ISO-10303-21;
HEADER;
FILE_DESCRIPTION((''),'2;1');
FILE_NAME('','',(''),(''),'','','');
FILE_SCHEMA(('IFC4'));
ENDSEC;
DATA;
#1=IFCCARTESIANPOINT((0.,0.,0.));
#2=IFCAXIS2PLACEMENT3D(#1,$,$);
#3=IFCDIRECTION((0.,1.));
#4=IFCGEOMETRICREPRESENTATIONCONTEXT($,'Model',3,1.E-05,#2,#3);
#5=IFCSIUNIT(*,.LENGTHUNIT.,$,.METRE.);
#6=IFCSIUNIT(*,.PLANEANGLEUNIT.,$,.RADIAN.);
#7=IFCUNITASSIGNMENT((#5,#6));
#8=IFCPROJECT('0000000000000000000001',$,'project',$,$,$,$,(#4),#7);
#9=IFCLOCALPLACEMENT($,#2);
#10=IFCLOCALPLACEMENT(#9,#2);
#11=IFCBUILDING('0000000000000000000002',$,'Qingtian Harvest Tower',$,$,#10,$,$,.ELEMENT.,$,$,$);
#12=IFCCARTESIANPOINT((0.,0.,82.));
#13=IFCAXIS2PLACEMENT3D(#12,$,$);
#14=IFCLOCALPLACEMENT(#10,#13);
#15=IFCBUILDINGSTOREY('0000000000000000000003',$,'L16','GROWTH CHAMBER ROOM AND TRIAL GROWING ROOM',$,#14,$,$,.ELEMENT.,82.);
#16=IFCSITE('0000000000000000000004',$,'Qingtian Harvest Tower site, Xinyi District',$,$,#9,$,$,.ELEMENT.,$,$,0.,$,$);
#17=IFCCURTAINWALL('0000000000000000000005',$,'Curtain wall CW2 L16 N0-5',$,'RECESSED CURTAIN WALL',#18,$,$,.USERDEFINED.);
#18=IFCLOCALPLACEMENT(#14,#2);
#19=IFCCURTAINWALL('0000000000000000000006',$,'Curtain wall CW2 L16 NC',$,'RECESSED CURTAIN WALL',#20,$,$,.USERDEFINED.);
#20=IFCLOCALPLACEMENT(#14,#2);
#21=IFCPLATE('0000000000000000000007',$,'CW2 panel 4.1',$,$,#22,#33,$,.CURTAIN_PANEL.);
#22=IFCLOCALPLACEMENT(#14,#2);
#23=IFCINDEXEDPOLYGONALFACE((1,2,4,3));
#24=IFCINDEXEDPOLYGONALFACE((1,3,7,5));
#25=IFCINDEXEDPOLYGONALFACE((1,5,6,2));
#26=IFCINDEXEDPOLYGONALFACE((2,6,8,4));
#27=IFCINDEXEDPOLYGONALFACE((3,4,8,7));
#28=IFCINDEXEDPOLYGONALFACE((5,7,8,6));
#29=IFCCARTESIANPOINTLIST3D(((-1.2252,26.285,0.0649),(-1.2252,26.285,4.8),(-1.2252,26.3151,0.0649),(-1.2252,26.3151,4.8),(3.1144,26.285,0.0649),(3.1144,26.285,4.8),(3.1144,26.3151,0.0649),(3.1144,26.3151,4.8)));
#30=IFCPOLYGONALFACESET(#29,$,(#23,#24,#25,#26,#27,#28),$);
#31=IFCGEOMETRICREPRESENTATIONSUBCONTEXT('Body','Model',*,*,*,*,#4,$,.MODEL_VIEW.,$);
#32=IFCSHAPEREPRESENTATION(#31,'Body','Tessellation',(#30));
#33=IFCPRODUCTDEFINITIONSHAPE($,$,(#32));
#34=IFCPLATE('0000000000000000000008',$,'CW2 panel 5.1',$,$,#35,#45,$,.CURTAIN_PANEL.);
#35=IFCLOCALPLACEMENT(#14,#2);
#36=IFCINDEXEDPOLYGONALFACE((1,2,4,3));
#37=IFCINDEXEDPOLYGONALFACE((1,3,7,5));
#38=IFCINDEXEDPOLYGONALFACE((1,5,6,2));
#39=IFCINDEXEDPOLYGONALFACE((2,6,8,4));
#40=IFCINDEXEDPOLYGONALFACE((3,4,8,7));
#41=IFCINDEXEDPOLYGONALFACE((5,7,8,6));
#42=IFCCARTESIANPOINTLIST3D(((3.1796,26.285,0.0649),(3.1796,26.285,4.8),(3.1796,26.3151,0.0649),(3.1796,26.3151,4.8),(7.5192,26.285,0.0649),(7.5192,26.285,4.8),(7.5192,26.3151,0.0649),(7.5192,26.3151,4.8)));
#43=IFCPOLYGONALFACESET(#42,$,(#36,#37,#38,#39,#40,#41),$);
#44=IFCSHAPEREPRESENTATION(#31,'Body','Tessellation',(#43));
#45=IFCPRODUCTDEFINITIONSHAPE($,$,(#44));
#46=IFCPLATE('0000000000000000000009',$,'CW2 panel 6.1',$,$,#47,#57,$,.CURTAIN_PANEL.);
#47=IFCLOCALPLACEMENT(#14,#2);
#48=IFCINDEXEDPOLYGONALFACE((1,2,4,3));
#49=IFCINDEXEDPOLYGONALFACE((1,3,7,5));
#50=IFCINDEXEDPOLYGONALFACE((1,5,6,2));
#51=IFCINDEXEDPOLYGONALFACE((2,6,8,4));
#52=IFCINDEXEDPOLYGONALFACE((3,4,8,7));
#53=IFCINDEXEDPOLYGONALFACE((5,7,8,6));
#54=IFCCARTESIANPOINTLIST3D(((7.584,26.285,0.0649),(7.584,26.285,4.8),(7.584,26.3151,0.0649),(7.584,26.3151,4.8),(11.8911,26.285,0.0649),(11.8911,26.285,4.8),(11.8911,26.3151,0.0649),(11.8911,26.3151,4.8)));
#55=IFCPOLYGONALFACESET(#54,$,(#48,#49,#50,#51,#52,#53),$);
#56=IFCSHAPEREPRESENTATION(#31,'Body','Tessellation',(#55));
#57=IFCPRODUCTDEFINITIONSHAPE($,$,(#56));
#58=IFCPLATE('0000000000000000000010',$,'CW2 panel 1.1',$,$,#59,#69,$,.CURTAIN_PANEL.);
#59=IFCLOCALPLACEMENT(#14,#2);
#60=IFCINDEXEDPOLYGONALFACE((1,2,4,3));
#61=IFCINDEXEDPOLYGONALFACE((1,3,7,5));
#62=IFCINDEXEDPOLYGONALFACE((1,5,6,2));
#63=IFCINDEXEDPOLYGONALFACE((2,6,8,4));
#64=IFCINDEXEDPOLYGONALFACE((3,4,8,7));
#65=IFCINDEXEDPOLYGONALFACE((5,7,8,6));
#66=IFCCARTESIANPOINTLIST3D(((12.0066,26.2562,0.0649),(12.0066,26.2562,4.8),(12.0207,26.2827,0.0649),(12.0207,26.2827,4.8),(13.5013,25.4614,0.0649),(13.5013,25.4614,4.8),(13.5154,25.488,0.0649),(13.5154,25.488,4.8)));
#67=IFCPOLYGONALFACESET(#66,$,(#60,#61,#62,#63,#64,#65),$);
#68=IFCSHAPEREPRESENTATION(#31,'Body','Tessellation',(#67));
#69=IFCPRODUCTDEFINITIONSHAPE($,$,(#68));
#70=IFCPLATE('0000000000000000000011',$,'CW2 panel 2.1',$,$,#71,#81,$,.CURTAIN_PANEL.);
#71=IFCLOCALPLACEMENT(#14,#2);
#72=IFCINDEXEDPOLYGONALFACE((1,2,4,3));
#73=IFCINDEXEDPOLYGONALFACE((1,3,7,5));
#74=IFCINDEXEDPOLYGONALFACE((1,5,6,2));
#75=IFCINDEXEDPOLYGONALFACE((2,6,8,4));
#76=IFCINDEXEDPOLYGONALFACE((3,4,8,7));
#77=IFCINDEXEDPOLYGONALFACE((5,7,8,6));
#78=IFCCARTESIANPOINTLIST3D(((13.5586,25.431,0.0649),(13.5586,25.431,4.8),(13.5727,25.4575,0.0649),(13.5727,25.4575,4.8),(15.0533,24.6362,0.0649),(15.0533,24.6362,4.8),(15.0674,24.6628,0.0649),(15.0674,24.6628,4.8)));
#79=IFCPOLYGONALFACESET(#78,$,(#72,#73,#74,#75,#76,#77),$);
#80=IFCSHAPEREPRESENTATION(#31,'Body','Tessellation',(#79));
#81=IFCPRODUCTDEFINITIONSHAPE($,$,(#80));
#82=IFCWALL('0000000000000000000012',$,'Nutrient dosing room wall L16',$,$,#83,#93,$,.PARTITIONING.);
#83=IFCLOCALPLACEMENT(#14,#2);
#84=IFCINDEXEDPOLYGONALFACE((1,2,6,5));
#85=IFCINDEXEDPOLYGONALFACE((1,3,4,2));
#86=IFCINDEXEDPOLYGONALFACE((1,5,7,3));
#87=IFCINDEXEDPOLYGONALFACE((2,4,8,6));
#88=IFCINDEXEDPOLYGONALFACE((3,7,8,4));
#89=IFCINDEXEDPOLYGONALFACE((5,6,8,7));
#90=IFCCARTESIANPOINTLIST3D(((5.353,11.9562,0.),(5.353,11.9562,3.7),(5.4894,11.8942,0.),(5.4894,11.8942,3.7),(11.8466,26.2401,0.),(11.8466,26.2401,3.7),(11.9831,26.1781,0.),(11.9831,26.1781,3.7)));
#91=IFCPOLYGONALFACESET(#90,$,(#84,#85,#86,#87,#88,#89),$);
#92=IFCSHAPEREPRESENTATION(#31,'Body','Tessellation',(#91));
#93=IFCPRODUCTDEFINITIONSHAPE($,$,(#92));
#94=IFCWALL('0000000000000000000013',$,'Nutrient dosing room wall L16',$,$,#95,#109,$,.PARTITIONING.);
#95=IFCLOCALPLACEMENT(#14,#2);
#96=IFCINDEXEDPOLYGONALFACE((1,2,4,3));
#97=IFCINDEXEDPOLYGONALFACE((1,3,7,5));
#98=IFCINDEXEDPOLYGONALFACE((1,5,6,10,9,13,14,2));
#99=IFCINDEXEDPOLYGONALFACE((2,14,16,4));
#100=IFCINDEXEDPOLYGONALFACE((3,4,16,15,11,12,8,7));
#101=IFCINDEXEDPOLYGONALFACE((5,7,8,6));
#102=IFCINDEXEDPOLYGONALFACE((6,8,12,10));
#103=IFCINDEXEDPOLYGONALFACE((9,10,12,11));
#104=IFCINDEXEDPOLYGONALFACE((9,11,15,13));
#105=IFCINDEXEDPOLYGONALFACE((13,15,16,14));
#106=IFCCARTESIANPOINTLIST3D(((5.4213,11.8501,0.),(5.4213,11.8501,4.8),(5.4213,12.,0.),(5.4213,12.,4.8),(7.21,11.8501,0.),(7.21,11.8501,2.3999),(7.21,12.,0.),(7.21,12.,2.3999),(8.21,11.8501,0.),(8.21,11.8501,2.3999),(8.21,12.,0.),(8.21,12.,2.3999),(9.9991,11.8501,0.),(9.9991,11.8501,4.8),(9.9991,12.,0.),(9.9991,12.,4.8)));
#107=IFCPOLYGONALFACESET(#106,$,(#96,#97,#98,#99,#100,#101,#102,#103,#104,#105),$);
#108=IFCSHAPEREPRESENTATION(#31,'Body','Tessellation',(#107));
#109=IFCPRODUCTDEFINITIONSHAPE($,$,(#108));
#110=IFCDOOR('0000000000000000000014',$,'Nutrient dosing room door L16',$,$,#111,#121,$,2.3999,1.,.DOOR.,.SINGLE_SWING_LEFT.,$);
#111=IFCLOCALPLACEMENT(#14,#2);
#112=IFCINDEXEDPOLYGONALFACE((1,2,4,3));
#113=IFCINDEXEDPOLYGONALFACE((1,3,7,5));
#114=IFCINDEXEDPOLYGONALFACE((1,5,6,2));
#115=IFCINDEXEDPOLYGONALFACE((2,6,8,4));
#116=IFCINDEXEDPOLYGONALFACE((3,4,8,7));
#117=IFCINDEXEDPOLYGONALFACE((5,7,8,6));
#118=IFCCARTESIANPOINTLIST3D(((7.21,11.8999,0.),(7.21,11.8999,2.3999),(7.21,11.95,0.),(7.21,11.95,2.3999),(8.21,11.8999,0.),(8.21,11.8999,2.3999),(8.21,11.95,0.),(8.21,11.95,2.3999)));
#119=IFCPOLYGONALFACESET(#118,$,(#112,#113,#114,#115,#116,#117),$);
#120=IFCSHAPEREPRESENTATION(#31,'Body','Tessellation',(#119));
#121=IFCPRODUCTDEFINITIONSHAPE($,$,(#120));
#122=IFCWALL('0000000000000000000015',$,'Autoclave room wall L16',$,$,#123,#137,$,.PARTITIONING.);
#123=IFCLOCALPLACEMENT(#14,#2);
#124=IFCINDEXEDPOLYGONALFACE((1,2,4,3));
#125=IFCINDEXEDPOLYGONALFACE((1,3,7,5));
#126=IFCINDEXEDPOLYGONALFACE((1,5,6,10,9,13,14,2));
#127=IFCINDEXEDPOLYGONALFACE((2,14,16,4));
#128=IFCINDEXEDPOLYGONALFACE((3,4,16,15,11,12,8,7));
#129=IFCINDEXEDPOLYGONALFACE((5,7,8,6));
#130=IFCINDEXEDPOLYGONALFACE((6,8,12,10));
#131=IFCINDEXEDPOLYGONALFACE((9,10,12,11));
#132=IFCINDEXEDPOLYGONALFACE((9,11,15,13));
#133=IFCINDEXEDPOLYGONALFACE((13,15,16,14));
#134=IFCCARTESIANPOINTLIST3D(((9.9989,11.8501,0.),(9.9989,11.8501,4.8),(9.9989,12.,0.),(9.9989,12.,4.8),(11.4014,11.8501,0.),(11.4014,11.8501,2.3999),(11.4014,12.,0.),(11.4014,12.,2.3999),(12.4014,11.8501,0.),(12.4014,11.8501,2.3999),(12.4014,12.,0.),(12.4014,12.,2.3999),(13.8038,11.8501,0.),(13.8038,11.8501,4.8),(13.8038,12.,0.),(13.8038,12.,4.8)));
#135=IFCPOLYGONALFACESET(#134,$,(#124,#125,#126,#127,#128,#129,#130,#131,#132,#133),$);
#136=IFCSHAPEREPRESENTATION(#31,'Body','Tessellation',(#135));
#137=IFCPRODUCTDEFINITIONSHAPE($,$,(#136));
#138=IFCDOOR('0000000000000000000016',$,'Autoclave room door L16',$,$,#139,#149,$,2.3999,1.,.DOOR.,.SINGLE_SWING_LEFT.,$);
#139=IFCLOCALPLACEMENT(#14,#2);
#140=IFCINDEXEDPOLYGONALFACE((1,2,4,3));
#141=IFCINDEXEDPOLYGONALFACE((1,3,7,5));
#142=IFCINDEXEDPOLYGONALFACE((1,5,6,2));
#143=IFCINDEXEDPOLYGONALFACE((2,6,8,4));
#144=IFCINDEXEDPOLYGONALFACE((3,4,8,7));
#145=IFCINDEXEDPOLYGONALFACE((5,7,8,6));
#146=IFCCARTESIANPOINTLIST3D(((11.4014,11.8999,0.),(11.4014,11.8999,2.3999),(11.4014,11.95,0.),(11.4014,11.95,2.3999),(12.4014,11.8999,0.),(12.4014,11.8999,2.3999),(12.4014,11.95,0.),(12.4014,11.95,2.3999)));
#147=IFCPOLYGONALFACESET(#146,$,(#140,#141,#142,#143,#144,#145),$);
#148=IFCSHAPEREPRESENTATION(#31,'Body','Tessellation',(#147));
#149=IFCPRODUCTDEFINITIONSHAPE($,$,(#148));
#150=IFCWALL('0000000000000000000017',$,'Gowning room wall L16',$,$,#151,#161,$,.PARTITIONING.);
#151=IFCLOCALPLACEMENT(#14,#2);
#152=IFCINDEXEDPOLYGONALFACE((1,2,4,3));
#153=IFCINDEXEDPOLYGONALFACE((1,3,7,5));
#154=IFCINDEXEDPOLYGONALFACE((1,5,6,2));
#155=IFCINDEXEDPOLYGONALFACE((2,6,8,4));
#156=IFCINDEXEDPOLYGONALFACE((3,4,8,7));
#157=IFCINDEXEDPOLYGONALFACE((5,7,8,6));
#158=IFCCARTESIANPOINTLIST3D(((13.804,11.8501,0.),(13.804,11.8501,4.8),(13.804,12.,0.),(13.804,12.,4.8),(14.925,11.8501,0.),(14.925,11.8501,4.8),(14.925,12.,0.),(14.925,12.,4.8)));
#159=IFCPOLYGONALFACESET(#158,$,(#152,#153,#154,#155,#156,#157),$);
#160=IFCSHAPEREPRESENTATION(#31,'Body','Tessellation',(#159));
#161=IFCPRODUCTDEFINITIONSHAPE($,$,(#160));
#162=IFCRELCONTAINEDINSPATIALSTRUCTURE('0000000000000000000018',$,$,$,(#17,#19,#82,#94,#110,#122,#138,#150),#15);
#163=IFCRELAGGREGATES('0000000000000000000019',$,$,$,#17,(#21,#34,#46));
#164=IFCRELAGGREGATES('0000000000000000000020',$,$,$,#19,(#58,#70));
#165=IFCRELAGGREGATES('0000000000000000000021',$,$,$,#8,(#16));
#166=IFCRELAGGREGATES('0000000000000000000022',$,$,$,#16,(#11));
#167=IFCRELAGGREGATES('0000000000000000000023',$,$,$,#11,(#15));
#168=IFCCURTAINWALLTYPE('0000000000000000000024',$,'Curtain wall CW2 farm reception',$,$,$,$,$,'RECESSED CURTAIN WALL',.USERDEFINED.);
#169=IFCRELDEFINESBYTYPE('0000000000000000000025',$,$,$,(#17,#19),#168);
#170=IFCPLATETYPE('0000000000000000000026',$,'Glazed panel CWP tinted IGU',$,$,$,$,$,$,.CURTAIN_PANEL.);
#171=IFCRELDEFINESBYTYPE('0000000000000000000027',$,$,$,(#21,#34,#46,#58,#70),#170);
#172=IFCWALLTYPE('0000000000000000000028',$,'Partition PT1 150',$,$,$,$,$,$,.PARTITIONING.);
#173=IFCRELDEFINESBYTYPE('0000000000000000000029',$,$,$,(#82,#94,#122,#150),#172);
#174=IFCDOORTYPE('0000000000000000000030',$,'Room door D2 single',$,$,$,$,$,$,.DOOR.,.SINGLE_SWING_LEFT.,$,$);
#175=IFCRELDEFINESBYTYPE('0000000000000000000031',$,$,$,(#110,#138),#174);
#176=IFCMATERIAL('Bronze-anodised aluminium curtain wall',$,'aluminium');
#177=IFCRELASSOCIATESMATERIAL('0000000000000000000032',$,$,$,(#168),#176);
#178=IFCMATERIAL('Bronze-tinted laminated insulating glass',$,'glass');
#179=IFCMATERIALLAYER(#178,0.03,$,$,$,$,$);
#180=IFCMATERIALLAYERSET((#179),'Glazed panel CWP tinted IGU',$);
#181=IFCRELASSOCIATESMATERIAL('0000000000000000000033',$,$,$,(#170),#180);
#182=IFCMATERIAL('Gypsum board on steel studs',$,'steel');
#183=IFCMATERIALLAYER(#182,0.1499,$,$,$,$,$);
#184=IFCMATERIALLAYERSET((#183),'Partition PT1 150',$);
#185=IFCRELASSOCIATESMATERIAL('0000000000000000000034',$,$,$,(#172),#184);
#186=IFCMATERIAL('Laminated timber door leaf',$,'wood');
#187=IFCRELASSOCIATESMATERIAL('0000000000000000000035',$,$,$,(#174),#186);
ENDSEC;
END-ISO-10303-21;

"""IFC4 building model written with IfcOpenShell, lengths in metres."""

from ifc_helpers import new_model, si_unit, direction, frame, frame_2d, origin, origin_2d, place, context, subcontext, project, spatial, rectangle, extrude, material, layer, layer_set, type_object, element, fill, aggregate, save


model = new_model("IFC4")

# Units and contexts
model_context = context("Model", 3, precision=1e-05, world=origin(), true_north=direction((0.0, 1.0)))
body_context = subcontext(model_context, "Body", "Model", "MODEL_VIEW")
ifc_project = project(units=[si_unit("LENGTHUNIT", "METRE"), si_unit("PLANEANGLEUNIT", "RADIAN")], contexts=[model_context])

# Site, building, storey
site_placement = place(None, origin())
site = spatial("IfcSite", under=ifc_project, at=site_placement, Name="Qingtian Harvest Tower site, Xinyi District", CompositionType="ELEMENT", RefElevation=0.0)
building_placement = place(site_placement, origin())
building = spatial("IfcBuilding", under=site, at=building_placement, Name="Qingtian Harvest Tower", CompositionType="ELEMENT")
storey_placement = place(building_placement, frame((0.0, 0.0, 82.0)))
storey = spatial("IfcBuildingStorey", under=building, at=storey_placement, Name="L16", Description="GROWTH CHAMBER ROOM AND TRIAL GROWING ROOM", CompositionType="ELEMENT", Elevation=82.0)

# Curtain walls
ifc_material_1 = material(Name="Bronze-anodised aluminium curtain wall", Category="aluminium")
curtain_wall_type = type_object("IfcCurtainWallType", Name="Curtain wall CW2 farm reception", ElementType="RECESSED CURTAIN WALL", PredefinedType="USERDEFINED", material=ifc_material_1)
curtain_wall_1_placement = place(storey_placement, origin())
curtain_wall_1 = element("IfcCurtainWall", 1, at=curtain_wall_1_placement, inside=storey, type_object=curtain_wall_type, Name="Curtain wall CW2 L16 N0-5", ObjectType="RECESSED CURTAIN WALL", PredefinedType="USERDEFINED")
curtain_wall_2_placement = place(storey_placement, origin())
curtain_wall_2 = element("IfcCurtainWall", 2, at=curtain_wall_2_placement, inside=storey, type_object=curtain_wall_type, Name="Curtain wall CW2 L16 NC", ObjectType="RECESSED CURTAIN WALL", PredefinedType="USERDEFINED")

# Plates
ifc_material_2 = material(Name="Bronze-tinted laminated insulating glass", Category="glass")
ifc_layer_1 = layer(ifc_material_2, 0.03)
ifc_layer_set_1 = layer_set([ifc_layer_1], Name="Glazed panel CWP tinted IGU")
plate_type = type_object("IfcPlateType", Name="Glazed panel CWP tinted IGU", PredefinedType="CURTAIN_PANEL", material=ifc_layer_set_1)
plate_1_placement = place(storey_placement, frame((0.9446, 26.3, 0.0649), z_axis=(0.0, 0.0, 1.0), x_axis=(1.0, 0.0, 0.0)))
plate_1 = element("IfcPlate", 3, at=plate_1_placement, type_object=plate_type, Name="CW2 panel 4.1", PredefinedType="CURTAIN_PANEL", context=body_context, shape_type="SweptSolid", body=[
    extrude(rectangle(XDim=4.3396, YDim=0.03, at=origin_2d()), origin(), (0.0, 0.0, 1.0), 4.7351),
])
plate_2_placement = place(storey_placement, frame((5.3494, 26.3, 0.0649), z_axis=(0.0, 0.0, 1.0), x_axis=(1.0, 0.0, 0.0)))
plate_2 = element("IfcPlate", 4, at=plate_2_placement, type_object=plate_type, Name="CW2 panel 5.1", PredefinedType="CURTAIN_PANEL", context=body_context, shape_type="SweptSolid", body=[
    extrude(rectangle(XDim=4.3396, YDim=0.03, at=origin_2d()), origin(), (0.0, 0.0, 1.0), 4.7351),
])
plate_3_placement = place(storey_placement, frame((9.7375, 26.3, 0.0649), z_axis=(0.0, 0.0, 1.0), x_axis=(1.0, 0.0, 0.0)))
plate_3 = element("IfcPlate", 5, at=plate_3_placement, type_object=plate_type, Name="CW2 panel 6.1", PredefinedType="CURTAIN_PANEL", context=body_context, shape_type="SweptSolid", body=[
    extrude(rectangle(XDim=4.3071, YDim=0.03, at=origin_2d()), origin(), (0.0, 0.0, 1.0), 4.7351),
])
aggregate(curtain_wall_1, [plate_1, plate_2, plate_3])
plate_4_placement = place(storey_placement, frame((12.761, 25.8721, 0.0649), z_axis=(0.0, 0.0, 1.0), x_axis=(0.882948, -0.469472, 0.0)))
plate_4 = element("IfcPlate", 6, at=plate_4_placement, type_object=plate_type, Name="CW2 panel 1.1", PredefinedType="CURTAIN_PANEL", context=body_context, shape_type="SweptSolid", body=[
    extrude(rectangle(XDim=1.6929, YDim=0.03, at=origin_2d()), origin(), (0.0, 0.0, 1.0), 4.7351),
])
plate_5_placement = place(storey_placement, frame((14.313, 25.0469, 0.0649), z_axis=(0.0, 0.0, 1.0), x_axis=(0.882948, -0.469472, 0.0)))
plate_5 = element("IfcPlate", 7, at=plate_5_placement, type_object=plate_type, Name="CW2 panel 2.1", PredefinedType="CURTAIN_PANEL", context=body_context, shape_type="SweptSolid", body=[
    extrude(rectangle(XDim=1.6929, YDim=0.03, at=origin_2d()), origin(), (0.0, 0.0, 1.0), 4.7351),
])
aggregate(curtain_wall_2, [plate_4, plate_5])

# Wall
ifc_material_3 = material(Name="Gypsum board on steel studs", Category="steel")
ifc_layer_2 = layer(ifc_material_3, 0.1499)
ifc_layer_set_2 = layer_set([ifc_layer_2], Name="Partition PT1 150")
wall_type = type_object("IfcWallType", Name="Partition PT1 150", PredefinedType="PARTITIONING", material=ifc_layer_set_2)
wall_1_placement = place(storey_placement, frame((11.9148, 26.209, 0.0), z_axis=(0.0, 0.0, 1.0), x_axis=(-0.413853, -0.910344, 0.0)))
element("IfcWall", 8, at=wall_1_placement, inside=storey, type_object=wall_type, Name="Nutrient dosing room wall L16", PredefinedType="PARTITIONING", context=body_context, shape_type="SweptSolid", body=[
    extrude(rectangle(XDim=15.6907, YDim=0.1499, at=frame_2d((7.8452, 0.0))), origin(), (0.0, 0.0, 1.0), 3.7),
])

# Walls, openings, doors
wall_2_placement = place(storey_placement, frame((5.4211, 11.925, 0.0), z_axis=(0.0, 0.0, 1.0), x_axis=(1.0, 0.0, 0.0)))
wall_2 = element("IfcWall", 9, at=wall_2_placement, inside=storey, type_object=wall_type, Name="Nutrient dosing room wall L16", PredefinedType="PARTITIONING", context=body_context, shape_type="SweptSolid", body=[
    extrude(rectangle(XDim=4.5779, YDim=0.1499, at=frame_2d((2.2891, 0.0))), origin(), (0.0, 0.0, 1.0), 4.8),
])
opening_1_placement = place(wall_2_placement, frame((1.7888, 0.0, 0.0)))
opening_1 = element("IfcOpeningElement", 10, at=opening_1_placement, cuts=wall_2, PredefinedType="OPENING", context=body_context, shape_type="SweptSolid", body=[
    extrude(rectangle(XDim=1.0, YDim=2.3999, at=frame_2d((0.5, 1.2))), frame((0.0, 0.085, 0.0), z_axis=(0.0, -1.0, 0.0), x_axis=(1.0, 0.0, 0.0)), (0.0, 0.0, 1.0), 0.1699),
])
ifc_material_4 = material(Name="Laminated timber door leaf", Category="wood")
door_type = type_object("IfcDoorType", Name="Room door D2 single", OperationType="SINGLE_SWING_LEFT", PredefinedType="DOOR", material=ifc_material_4)
door_1_placement = place(opening_1_placement, origin())
door_1 = element("IfcDoor", 11, at=door_1_placement, inside=storey, type_object=door_type, Name="Nutrient dosing room door L16", OperationType="SINGLE_SWING_LEFT", OverallHeight=2.3999, OverallWidth=1.0, PredefinedType="DOOR", context=body_context, shape_type="SweptSolid", body=[
    extrude(rectangle(XDim=1.0, YDim=2.3999, at=frame_2d((0.5, 1.2))), frame((0.0, 0.0249, 0.0), z_axis=(0.0, -1.0, 0.0), x_axis=(1.0, 0.0, 0.0)), (0.0, 0.0, 1.0), 0.05),
])
fill(opening_1, door_1)
wall_3_placement = place(storey_placement, frame((9.999, 11.925, 0.0), z_axis=(0.0, 0.0, 1.0), x_axis=(1.0, 0.0, 0.0)))
wall_3 = element("IfcWall", 12, at=wall_3_placement, inside=storey, type_object=wall_type, Name="Autoclave room wall L16", PredefinedType="PARTITIONING", context=body_context, shape_type="SweptSolid", body=[
    extrude(rectangle(XDim=3.8049, YDim=0.1499, at=frame_2d((1.9023, 0.0))), origin(), (0.0, 0.0, 1.0), 4.8),
])
opening_2_placement = place(wall_3_placement, frame((1.4023, 0.0, 0.0)))
opening_2 = element("IfcOpeningElement", 13, at=opening_2_placement, cuts=wall_3, PredefinedType="OPENING", context=body_context, shape_type="SweptSolid", body=[
    extrude(rectangle(XDim=1.0, YDim=2.3999, at=frame_2d((0.5, 1.2))), frame((0.0, 0.085, 0.0), z_axis=(0.0, -1.0, 0.0), x_axis=(1.0, 0.0, 0.0)), (0.0, 0.0, 1.0), 0.1699),
])
door_2_placement = place(opening_2_placement, origin())
door_2 = element("IfcDoor", 14, at=door_2_placement, inside=storey, type_object=door_type, Name="Autoclave room door L16", OperationType="SINGLE_SWING_LEFT", OverallHeight=2.3999, OverallWidth=1.0, PredefinedType="DOOR", context=body_context, shape_type="SweptSolid", body=[
    extrude(rectangle(XDim=1.0, YDim=2.3999, at=frame_2d((0.5, 1.2))), frame((0.0, 0.0249, 0.0), z_axis=(0.0, -1.0, 0.0), x_axis=(1.0, 0.0, 0.0)), (0.0, 0.0, 1.0), 0.05),
])
fill(opening_2, door_2)

# Wall
wall_4_placement = place(storey_placement, frame((13.804, 11.925, 0.0), z_axis=(0.0, 0.0, 1.0), x_axis=(1.0, 0.0, 0.0)))
element("IfcWall", 15, at=wall_4_placement, inside=storey, type_object=wall_type, Name="Gowning room wall L16", PredefinedType="PARTITIONING", context=body_context, shape_type="SweptSolid", body=[
    extrude(rectangle(XDim=1.1211, YDim=0.1499, at=frame_2d((0.5605, 0.0))), origin(), (0.0, 0.0, 1.0), 4.8),
])

save(model, "model.ifc")
